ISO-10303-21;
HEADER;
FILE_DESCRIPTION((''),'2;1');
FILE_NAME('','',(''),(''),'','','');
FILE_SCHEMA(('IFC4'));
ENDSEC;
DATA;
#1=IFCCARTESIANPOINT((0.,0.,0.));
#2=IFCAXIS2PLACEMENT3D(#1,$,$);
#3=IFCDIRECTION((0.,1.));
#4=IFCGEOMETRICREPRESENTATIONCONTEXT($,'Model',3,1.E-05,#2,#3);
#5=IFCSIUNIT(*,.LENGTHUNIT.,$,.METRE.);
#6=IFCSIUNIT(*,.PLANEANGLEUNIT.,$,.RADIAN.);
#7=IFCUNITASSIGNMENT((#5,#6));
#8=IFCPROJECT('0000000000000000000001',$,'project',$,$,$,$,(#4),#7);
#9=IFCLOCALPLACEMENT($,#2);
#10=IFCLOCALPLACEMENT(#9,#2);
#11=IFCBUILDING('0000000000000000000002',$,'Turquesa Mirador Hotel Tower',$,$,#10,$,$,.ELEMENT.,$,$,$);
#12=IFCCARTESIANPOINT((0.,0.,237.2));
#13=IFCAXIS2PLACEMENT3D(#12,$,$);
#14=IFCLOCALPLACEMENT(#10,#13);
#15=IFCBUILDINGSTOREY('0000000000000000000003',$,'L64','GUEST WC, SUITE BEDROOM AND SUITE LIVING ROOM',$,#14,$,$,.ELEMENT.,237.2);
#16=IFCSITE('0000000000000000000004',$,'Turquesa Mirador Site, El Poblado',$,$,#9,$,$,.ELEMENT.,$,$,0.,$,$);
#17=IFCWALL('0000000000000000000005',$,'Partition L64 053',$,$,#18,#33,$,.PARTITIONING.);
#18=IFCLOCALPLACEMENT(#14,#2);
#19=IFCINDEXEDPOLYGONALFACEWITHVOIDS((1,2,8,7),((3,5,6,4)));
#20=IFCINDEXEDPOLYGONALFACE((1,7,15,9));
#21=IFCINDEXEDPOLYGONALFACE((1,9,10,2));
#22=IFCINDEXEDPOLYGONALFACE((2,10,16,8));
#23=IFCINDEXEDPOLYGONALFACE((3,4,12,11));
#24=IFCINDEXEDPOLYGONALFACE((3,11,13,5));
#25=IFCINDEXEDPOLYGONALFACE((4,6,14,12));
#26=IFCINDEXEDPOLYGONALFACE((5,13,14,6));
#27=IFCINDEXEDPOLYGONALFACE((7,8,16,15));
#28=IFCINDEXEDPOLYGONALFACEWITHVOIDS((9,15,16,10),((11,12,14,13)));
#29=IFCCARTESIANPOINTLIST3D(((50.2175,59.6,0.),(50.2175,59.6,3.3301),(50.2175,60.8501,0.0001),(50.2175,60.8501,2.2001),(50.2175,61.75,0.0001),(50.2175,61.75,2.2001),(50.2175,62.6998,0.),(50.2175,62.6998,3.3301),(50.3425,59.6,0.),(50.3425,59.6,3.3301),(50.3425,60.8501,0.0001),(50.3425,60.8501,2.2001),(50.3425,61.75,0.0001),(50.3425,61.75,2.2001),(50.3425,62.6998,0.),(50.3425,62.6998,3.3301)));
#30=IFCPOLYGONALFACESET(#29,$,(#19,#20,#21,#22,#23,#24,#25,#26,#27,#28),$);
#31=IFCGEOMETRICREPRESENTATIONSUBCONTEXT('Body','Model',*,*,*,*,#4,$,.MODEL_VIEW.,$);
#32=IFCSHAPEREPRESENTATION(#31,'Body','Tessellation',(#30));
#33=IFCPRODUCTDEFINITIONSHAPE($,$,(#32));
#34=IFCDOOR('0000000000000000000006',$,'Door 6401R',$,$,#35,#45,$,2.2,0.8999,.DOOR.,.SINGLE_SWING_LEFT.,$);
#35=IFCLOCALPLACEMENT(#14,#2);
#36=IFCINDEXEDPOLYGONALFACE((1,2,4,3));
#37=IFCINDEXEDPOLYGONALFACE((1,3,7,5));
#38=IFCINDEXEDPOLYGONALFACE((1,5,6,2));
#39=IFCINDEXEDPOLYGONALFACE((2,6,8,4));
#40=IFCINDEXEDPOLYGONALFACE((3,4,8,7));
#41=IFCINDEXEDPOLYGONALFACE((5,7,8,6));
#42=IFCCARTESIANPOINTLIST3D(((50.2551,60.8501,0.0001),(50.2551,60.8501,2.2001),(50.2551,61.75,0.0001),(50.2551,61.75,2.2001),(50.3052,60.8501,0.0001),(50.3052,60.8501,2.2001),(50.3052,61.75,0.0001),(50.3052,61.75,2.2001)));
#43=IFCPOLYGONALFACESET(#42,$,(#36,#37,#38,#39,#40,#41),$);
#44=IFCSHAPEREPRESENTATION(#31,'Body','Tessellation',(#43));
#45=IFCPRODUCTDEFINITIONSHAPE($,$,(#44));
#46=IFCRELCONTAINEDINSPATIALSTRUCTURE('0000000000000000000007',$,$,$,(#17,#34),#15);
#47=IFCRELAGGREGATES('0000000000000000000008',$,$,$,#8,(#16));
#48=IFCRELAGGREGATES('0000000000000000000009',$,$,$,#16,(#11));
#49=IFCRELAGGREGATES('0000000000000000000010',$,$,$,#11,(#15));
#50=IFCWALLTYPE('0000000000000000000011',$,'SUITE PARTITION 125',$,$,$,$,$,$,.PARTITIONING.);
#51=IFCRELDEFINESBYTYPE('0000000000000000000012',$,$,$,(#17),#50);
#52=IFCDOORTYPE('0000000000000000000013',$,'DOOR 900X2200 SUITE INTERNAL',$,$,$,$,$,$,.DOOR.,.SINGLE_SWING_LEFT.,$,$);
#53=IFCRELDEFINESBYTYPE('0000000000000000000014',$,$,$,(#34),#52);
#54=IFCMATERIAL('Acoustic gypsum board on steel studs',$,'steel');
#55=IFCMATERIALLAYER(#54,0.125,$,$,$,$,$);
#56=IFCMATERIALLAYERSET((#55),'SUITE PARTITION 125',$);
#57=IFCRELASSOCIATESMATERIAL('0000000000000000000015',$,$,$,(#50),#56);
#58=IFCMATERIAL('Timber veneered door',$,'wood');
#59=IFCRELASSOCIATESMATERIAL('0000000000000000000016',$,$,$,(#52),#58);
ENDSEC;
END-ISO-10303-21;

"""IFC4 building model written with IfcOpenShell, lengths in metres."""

from ifc_helpers import new_model, si_unit, direction, frame, frame_2d, origin, place, context, subcontext, project, spatial, rectangle, extrude, material, layer, layer_set, type_object, element, fill, save


model = new_model("IFC4")

# Units and contexts
model_context = context("Model", 3, precision=1e-05, world=origin(), true_north=direction((0.0, 1.0)))
body_context = subcontext(model_context, "Body", "Model", "MODEL_VIEW")
ifc_project = project(units=[si_unit("LENGTHUNIT", "METRE"), si_unit("PLANEANGLEUNIT", "RADIAN")], contexts=[model_context])

# Site, building, storey
site_placement = place(None, origin())
site = spatial("IfcSite", under=ifc_project, at=site_placement, Name="Turquesa Mirador Site, El Poblado", CompositionType="ELEMENT", RefElevation=0.0)
building_placement = place(site_placement, origin())
building = spatial("IfcBuilding", under=site, at=building_placement, Name="Turquesa Mirador Hotel Tower", CompositionType="ELEMENT")
storey_placement = place(building_placement, frame((0.0, 0.0, 237.2)))
storey = spatial("IfcBuildingStorey", under=building, at=storey_placement, Name="L64", Description="GUEST WC, SUITE BEDROOM AND SUITE LIVING ROOM", CompositionType="ELEMENT", Elevation=237.2)

# Wall, opening, door
ifc_material_1 = material(Name="Acoustic gypsum board on steel studs", Category="steel")
ifc_layer_1 = layer(ifc_material_1, 0.125)
ifc_layer_set_1 = layer_set([ifc_layer_1], Name="SUITE PARTITION 125")
wall_type_1 = type_object("IfcWallType", Name="SUITE PARTITION 125", PredefinedType="PARTITIONING", material=ifc_layer_set_1)
ifc_material_2 = material(Name="Timber veneered door", Category="wood")
door_type_1 = type_object("IfcDoorType", Name="DOOR 900X2200 SUITE INTERNAL", OperationType="SINGLE_SWING_LEFT", PredefinedType="DOOR", material=ifc_material_2)
wall_1_placement = place(storey_placement, frame((50.28, 59.6001, 0.0), z_axis=(0.0, 0.0, 1.0), x_axis=(0.0, 1.0, 0.0)))
wall_1 = element("IfcWall", 1, at=wall_1_placement, inside=storey, type_object=wall_type_1, Name="Partition L64 053", PredefinedType="PARTITIONING", context=body_context, shape_type="SweptSolid", body=[
    extrude(rectangle(XDim=3.0999, YDim=0.125, at=frame_2d((1.5498, 0.0))), origin(), (0.0, 0.0, 1.0), 3.3301),
])
opening_1_placement = place(wall_1_placement, frame((1.25, 0.0, 0.0)))
opening_1 = element("IfcOpeningElement", 2, at=opening_1_placement, cuts=wall_1, PredefinedType="OPENING", context=body_context, shape_type="SweptSolid", body=[
    extrude(rectangle(XDim=0.8999, YDim=2.2, at=frame_2d((0.45, 1.1001))), frame((0.0, 0.0725, 0.0), z_axis=(0.0, -1.0, 0.0), x_axis=(1.0, 0.0, 0.0)), (0.0, 0.0, 1.0), 0.145),
])
door_1_placement = place(opening_1_placement, origin())
door_1 = element("IfcDoor", 3, at=door_1_placement, inside=storey, type_object=door_type_1, Name="Door 6401R", OperationType="SINGLE_SWING_LEFT", OverallHeight=2.2, OverallWidth=0.8999, PredefinedType="DOOR", context=body_context, shape_type="SweptSolid", body=[
    extrude(rectangle(XDim=0.8999, YDim=2.2, at=frame_2d((0.45, 1.1001))), frame((0.0, 0.0249, 0.0), z_axis=(0.0, -1.0, 0.0), x_axis=(1.0, 0.0, 0.0)), (0.0, 0.0, 1.0), 0.05),
])
fill(opening_1, door_1)

save(model, "model.ifc")
